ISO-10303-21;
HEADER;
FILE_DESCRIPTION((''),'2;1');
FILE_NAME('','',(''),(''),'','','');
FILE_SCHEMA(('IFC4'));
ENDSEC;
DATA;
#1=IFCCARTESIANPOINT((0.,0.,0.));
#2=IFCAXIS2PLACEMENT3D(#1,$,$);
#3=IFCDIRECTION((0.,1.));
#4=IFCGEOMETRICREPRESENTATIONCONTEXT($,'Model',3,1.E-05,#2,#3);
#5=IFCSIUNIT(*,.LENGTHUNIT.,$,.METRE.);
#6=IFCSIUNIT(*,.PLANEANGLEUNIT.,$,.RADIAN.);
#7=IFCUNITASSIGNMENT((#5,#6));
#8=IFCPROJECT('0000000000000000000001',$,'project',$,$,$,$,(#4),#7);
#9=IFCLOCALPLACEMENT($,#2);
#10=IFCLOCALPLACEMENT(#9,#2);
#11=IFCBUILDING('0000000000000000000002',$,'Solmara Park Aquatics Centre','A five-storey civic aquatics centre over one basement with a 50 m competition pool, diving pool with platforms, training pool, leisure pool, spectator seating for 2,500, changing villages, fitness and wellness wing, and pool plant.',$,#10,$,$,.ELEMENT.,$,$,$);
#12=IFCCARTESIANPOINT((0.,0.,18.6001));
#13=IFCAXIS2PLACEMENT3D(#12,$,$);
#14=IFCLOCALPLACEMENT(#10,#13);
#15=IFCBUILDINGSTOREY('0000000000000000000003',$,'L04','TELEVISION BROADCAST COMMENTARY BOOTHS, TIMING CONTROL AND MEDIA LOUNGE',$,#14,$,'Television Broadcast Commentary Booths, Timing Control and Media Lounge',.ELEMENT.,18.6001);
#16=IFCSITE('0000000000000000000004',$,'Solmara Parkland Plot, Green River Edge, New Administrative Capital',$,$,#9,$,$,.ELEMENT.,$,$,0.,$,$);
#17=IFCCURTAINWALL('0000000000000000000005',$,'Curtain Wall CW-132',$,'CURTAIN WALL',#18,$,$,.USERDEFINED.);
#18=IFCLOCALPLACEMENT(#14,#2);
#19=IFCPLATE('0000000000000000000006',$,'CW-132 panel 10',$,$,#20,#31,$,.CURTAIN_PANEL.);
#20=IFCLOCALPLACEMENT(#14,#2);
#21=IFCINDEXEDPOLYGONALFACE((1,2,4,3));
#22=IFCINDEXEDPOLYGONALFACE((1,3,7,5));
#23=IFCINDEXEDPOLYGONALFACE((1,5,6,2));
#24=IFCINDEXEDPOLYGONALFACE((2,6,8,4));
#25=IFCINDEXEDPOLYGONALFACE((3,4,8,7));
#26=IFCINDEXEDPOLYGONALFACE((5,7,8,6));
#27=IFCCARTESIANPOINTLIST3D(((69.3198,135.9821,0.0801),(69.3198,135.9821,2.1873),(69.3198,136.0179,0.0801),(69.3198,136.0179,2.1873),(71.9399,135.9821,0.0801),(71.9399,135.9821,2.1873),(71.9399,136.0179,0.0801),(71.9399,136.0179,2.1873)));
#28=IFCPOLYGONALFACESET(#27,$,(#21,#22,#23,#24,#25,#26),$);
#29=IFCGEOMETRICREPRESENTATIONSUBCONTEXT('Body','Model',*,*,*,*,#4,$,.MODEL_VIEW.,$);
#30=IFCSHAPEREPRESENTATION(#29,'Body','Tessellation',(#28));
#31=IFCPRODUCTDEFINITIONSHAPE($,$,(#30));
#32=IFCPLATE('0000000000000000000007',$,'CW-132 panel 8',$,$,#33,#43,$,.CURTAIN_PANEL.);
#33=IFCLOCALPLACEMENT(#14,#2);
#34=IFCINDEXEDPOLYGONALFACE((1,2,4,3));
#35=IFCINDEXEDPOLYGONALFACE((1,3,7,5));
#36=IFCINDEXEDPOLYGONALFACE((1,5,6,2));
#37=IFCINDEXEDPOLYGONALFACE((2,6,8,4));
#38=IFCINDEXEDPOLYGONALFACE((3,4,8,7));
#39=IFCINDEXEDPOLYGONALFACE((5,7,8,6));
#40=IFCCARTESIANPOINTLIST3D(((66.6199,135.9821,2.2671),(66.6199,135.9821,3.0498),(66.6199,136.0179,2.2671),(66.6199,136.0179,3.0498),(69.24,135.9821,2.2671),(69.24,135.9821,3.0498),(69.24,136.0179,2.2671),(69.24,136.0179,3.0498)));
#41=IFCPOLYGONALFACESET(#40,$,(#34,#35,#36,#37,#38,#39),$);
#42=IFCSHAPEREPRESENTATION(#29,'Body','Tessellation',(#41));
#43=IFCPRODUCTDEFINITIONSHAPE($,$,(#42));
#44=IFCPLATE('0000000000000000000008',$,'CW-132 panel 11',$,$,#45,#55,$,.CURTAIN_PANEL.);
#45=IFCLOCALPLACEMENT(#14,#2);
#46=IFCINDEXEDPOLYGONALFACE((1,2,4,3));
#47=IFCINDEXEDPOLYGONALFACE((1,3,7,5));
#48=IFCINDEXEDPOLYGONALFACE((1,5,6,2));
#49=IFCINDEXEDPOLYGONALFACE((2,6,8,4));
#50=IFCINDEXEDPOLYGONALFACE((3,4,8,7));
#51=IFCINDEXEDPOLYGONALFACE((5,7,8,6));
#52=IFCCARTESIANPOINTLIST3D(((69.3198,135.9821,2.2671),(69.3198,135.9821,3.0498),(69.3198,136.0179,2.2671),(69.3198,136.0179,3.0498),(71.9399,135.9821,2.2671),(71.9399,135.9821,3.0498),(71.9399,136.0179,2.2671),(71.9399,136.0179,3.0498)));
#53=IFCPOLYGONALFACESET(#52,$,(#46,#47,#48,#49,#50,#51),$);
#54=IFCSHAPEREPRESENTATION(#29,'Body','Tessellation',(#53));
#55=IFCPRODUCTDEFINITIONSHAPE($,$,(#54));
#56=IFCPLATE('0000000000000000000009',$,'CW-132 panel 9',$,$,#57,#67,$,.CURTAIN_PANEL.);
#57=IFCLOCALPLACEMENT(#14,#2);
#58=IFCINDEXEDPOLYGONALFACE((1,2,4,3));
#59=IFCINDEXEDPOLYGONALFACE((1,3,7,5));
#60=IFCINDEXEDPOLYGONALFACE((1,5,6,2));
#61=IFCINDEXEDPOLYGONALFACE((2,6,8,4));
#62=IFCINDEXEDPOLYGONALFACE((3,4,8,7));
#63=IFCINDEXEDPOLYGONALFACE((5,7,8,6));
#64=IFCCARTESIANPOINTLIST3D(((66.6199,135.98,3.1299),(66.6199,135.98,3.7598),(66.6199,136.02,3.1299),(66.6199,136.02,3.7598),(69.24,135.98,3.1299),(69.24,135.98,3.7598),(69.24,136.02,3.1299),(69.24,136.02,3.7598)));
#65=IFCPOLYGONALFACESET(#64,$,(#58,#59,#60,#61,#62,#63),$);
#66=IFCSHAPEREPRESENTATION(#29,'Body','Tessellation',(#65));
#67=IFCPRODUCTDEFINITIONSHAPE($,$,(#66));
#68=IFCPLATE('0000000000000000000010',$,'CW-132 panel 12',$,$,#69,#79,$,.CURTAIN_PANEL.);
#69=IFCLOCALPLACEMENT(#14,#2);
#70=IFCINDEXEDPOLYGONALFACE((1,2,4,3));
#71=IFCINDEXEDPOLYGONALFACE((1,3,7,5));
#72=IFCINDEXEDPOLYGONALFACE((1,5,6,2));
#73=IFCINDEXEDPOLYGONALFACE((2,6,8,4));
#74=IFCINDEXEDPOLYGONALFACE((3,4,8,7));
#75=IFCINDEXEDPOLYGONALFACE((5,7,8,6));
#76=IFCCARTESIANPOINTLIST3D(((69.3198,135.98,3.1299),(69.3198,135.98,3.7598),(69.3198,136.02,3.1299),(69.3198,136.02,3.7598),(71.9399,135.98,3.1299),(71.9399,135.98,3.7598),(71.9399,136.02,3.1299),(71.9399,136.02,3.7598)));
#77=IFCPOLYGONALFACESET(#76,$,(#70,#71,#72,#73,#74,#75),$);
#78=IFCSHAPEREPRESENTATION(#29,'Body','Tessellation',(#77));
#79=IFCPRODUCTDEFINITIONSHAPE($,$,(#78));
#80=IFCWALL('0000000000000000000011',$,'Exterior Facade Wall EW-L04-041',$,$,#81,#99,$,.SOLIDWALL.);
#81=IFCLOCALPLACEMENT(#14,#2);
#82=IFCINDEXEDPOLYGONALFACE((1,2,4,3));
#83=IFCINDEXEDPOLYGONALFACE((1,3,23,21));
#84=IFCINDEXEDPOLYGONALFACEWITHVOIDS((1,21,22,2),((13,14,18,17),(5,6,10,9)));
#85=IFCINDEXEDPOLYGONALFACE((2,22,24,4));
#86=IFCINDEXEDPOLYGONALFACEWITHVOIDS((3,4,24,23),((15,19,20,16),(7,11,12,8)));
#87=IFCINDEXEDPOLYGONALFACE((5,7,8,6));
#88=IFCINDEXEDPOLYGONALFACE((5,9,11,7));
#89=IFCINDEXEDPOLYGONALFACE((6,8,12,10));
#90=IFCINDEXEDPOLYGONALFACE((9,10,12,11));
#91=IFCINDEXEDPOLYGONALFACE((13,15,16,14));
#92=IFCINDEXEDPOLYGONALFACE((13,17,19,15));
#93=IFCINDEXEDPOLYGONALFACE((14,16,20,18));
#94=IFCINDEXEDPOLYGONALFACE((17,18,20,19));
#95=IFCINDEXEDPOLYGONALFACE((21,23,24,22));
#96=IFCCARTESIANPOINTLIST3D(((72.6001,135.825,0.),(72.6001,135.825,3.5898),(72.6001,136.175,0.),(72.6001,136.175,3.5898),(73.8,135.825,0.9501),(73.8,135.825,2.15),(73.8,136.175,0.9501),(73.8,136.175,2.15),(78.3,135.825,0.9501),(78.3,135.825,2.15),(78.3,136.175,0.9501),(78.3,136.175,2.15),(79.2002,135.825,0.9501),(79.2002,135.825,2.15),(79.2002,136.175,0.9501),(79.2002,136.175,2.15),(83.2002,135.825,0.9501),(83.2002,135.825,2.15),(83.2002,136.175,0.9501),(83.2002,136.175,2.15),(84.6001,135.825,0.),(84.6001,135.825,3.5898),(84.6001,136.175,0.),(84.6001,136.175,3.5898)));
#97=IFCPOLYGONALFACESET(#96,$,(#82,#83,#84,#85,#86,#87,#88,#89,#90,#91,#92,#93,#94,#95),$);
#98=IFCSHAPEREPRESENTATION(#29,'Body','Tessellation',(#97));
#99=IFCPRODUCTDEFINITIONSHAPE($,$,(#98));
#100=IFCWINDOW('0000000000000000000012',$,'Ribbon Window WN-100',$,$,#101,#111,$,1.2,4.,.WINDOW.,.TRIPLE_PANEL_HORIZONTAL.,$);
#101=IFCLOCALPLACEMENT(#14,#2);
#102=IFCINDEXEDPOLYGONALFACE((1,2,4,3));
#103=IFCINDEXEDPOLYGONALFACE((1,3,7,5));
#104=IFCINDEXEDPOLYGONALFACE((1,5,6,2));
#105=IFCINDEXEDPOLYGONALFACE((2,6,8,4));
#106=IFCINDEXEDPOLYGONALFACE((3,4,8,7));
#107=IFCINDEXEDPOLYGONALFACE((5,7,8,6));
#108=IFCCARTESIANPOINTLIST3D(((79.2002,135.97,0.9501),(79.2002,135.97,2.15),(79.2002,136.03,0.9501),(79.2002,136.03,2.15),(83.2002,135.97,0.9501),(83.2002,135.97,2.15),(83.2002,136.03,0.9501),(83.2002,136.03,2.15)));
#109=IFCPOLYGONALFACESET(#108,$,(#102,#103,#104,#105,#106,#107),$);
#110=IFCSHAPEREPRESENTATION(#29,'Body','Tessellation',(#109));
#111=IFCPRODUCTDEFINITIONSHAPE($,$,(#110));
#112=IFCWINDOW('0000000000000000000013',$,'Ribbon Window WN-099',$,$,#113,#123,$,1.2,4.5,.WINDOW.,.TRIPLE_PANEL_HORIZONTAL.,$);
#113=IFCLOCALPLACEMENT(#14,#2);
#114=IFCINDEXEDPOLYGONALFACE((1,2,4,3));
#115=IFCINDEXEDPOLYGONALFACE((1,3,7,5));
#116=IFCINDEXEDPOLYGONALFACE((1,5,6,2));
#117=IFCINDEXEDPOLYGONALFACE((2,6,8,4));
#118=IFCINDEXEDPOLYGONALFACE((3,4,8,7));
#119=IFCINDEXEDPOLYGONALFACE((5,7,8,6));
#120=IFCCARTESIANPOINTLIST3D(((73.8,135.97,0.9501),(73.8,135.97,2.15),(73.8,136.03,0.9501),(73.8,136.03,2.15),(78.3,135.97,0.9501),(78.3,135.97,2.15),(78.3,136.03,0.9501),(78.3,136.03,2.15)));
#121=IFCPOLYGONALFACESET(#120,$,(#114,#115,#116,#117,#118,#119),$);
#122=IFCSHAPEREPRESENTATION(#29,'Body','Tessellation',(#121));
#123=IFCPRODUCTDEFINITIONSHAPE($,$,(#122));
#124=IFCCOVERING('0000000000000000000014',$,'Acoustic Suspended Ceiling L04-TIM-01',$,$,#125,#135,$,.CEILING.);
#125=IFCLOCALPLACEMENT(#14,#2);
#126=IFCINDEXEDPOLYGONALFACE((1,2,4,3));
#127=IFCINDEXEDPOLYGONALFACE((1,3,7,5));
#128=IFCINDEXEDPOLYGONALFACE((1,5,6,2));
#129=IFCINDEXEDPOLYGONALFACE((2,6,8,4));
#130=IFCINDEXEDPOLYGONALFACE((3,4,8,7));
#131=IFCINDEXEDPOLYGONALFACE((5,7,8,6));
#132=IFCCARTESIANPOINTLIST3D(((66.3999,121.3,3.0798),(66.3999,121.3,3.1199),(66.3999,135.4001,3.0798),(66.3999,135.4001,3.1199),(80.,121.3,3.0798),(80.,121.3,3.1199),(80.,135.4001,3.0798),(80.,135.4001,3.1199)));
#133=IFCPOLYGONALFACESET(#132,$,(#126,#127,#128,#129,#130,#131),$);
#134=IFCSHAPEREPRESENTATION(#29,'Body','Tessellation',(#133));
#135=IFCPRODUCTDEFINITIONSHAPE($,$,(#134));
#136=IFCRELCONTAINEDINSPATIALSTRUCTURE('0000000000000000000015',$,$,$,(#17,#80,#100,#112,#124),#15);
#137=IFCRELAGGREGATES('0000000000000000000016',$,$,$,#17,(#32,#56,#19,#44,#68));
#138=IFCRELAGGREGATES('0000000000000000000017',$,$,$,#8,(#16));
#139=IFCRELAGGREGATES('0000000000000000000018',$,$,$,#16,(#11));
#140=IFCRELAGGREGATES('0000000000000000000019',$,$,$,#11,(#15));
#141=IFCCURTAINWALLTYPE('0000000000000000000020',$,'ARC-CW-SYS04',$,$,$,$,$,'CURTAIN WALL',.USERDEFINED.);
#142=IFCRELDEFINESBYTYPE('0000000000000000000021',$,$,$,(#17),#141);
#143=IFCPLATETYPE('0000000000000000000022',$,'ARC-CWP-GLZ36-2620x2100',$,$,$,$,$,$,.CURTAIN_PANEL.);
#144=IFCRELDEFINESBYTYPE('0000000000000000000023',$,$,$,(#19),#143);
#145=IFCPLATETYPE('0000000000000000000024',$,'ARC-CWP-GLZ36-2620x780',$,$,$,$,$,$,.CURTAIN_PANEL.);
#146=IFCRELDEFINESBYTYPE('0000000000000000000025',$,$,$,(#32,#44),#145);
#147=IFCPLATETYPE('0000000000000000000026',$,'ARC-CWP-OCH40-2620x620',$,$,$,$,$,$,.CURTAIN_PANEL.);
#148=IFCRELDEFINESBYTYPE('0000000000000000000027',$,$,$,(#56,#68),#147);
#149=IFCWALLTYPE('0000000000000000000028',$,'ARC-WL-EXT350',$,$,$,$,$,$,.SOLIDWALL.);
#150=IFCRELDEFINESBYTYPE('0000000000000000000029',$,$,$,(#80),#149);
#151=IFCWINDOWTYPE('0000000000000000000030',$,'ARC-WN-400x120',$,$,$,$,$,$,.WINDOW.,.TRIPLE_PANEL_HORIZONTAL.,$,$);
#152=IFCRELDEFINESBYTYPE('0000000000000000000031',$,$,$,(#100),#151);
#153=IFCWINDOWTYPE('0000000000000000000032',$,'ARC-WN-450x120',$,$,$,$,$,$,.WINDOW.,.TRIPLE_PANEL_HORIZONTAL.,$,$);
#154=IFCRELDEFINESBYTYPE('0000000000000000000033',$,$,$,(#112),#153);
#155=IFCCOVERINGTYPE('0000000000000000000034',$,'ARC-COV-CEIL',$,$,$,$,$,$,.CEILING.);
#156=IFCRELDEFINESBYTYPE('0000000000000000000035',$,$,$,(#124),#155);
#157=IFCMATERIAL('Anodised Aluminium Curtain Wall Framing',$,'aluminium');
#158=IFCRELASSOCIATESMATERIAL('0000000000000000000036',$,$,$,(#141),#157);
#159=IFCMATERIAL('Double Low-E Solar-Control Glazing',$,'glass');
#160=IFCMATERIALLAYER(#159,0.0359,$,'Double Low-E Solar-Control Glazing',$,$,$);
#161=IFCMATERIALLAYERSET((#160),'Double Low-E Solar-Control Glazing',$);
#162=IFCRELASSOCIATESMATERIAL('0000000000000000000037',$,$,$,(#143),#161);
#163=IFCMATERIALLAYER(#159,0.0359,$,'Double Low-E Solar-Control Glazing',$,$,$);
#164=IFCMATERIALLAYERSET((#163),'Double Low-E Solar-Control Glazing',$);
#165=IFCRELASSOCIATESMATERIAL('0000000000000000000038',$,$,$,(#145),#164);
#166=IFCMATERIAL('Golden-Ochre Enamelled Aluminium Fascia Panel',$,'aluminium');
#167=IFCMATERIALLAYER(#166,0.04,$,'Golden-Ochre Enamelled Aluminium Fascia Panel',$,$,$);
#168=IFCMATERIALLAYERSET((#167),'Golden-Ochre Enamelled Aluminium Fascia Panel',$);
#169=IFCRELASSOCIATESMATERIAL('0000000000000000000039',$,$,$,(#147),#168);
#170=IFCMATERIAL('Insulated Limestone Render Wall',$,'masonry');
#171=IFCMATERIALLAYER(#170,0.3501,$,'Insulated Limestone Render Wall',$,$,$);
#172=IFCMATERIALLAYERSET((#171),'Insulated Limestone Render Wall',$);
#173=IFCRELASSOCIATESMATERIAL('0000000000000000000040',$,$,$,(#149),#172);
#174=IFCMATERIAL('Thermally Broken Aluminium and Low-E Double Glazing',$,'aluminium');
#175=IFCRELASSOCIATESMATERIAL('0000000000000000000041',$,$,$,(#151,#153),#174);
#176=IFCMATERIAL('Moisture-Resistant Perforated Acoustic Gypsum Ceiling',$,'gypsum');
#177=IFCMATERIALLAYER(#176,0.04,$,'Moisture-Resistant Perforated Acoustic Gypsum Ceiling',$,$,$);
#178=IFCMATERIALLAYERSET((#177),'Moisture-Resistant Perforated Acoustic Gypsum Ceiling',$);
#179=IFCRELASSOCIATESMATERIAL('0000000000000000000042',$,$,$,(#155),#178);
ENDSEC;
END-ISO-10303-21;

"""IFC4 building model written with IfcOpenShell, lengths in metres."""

from ifc_helpers import new_model, si_unit, direction, frame, frame_2d, origin, origin_2d, place, context, subcontext, project, spatial, rectangle, extrude, material, layer, layer_set, type_object, element, fill, aggregate, save


model = new_model("IFC4")

# Units and contexts
model_context = context("Model", 3, precision=1e-05, world=origin(), true_north=direction((0.0, 1.0)))
body_context = subcontext(model_context, "Body", "Model", "MODEL_VIEW")
ifc_project = project(units=[si_unit("LENGTHUNIT", "METRE"), si_unit("PLANEANGLEUNIT", "RADIAN")], contexts=[model_context])

# Site, building, storey
site_placement = place(None, origin())
site = spatial("IfcSite", under=ifc_project, at=site_placement, Name="Solmara Parkland Plot, Green River Edge, New Administrative Capital", CompositionType="ELEMENT", RefElevation=0.0)
building_placement = place(site_placement, origin())
building = spatial("IfcBuilding", under=site, at=building_placement, Name="Solmara Park Aquatics Centre", Description="A five-storey civic aquatics centre over one basement with a 50 m competition pool, diving pool with platforms, training pool, leisure pool, spectator seating for 2,500, changing villages, fitness and wellness wing, and pool plant.", CompositionType="ELEMENT")
storey_placement = place(building_placement, frame((0.0, 0.0, 18.6001)))
storey = spatial("IfcBuildingStorey", under=building, at=storey_placement, Name="L04", Description="TELEVISION BROADCAST COMMENTARY BOOTHS, TIMING CONTROL AND MEDIA LOUNGE", LongName="Television Broadcast Commentary Booths, Timing Control and Media Lounge", CompositionType="ELEMENT", Elevation=18.6001)

# Curtain wall
ifc_material_1 = material(Name="Anodised Aluminium Curtain Wall Framing", Category="aluminium")
curtain_wall_type = type_object("IfcCurtainWallType", Name="ARC-CW-SYS04", ElementType="CURTAIN WALL", PredefinedType="USERDEFINED", material=ifc_material_1)
curtain_wall_placement = place(storey_placement, origin())
curtain_wall = element("IfcCurtainWall", 1, at=curtain_wall_placement, inside=storey, type_object=curtain_wall_type, Name="Curtain Wall CW-132", ObjectType="CURTAIN WALL", PredefinedType="USERDEFINED")

# Plates
ifc_material_2 = material(Name="Double Low-E Solar-Control Glazing", Category="glass")
ifc_layer_1 = layer(ifc_material_2, 0.0359, Name="Double Low-E Solar-Control Glazing")
ifc_layer_set_1 = layer_set([ifc_layer_1], Name="Double Low-E Solar-Control Glazing")
plate_type_1 = type_object("IfcPlateType", Name="ARC-CWP-GLZ36-2620x2100", PredefinedType="CURTAIN_PANEL", material=ifc_layer_set_1)
plate_1_placement = place(storey_placement, frame((70.6299, 136.0, 0.0801), z_axis=(0.0, 0.0, 1.0), x_axis=(1.0, 0.0, 0.0)))
plate_1 = element("IfcPlate", 2, at=plate_1_placement, type_object=plate_type_1, Name="CW-132 panel 10", PredefinedType="CURTAIN_PANEL", context=body_context, shape_type="SweptSolid", body=[
    extrude(rectangle(XDim=2.6201, YDim=0.0359, at=origin_2d()), origin(), (0.0, 0.0, 1.0), 2.1072),
])
ifc_layer_2 = layer(ifc_material_2, 0.0359, Name="Double Low-E Solar-Control Glazing")
ifc_layer_set_2 = layer_set([ifc_layer_2], Name="Double Low-E Solar-Control Glazing")
plate_type_2 = type_object("IfcPlateType", Name="ARC-CWP-GLZ36-2620x780", PredefinedType="CURTAIN_PANEL", material=ifc_layer_set_2)
plate_2_placement = place(storey_placement, frame((67.9299, 136.0, 2.2671), z_axis=(0.0, 0.0, 1.0), x_axis=(1.0, 0.0, 0.0)))
plate_2 = element("IfcPlate", 3, at=plate_2_placement, type_object=plate_type_2, Name="CW-132 panel 8", PredefinedType="CURTAIN_PANEL", context=body_context, shape_type="SweptSolid", body=[
    extrude(rectangle(XDim=2.6201, YDim=0.0359, at=origin_2d()), origin(), (0.0, 0.0, 1.0), 0.7827),
])
plate_3_placement = place(storey_placement, frame((70.6299, 136.0, 2.2671), z_axis=(0.0, 0.0, 1.0), x_axis=(1.0, 0.0, 0.0)))
plate_3 = element("IfcPlate", 4, at=plate_3_placement, type_object=plate_type_2, Name="CW-132 panel 11", PredefinedType="CURTAIN_PANEL", context=body_context, shape_type="SweptSolid", body=[
    extrude(rectangle(XDim=2.6201, YDim=0.0359, at=origin_2d()), origin(), (0.0, 0.0, 1.0), 0.7827),
])
ifc_material_3 = material(Name="Golden-Ochre Enamelled Aluminium Fascia Panel", Category="aluminium")
ifc_layer_3 = layer(ifc_material_3, 0.04, Name="Golden-Ochre Enamelled Aluminium Fascia Panel")
ifc_layer_set_3 = layer_set([ifc_layer_3], Name="Golden-Ochre Enamelled Aluminium Fascia Panel")
plate_type_3 = type_object("IfcPlateType", Name="ARC-CWP-OCH40-2620x620", PredefinedType="CURTAIN_PANEL", material=ifc_layer_set_3)
plate_4_placement = place(storey_placement, frame((67.9299, 136.0, 3.1299), z_axis=(0.0, 0.0, 1.0), x_axis=(1.0, 0.0, 0.0)))
plate_4 = element("IfcPlate", 5, at=plate_4_placement, type_object=plate_type_3, Name="CW-132 panel 9", PredefinedType="CURTAIN_PANEL", context=body_context, shape_type="SweptSolid", body=[
    extrude(rectangle(XDim=2.6201, YDim=0.04, at=origin_2d()), origin(), (0.0, 0.0, 1.0), 0.6299),
])
plate_5_placement = place(storey_placement, frame((70.6299, 136.0, 3.1299), z_axis=(0.0, 0.0, 1.0), x_axis=(1.0, 0.0, 0.0)))
plate_5 = element("IfcPlate", 6, at=plate_5_placement, type_object=plate_type_3, Name="CW-132 panel 12", PredefinedType="CURTAIN_PANEL", context=body_context, shape_type="SweptSolid", body=[
    extrude(rectangle(XDim=2.6201, YDim=0.04, at=origin_2d()), origin(), (0.0, 0.0, 1.0), 0.6299),
])
aggregate(curtain_wall, [plate_2, plate_4, plate_1, plate_3, plate_5])

# Wall, openings, windows
ifc_material_4 = material(Name="Insulated Limestone Render Wall", Category="masonry")
ifc_layer_4 = layer(ifc_material_4, 0.3501, Name="Insulated Limestone Render Wall")
ifc_layer_set_4 = layer_set([ifc_layer_4], Name="Insulated Limestone Render Wall")
wall_type = type_object("IfcWallType", Name="ARC-WL-EXT350", PredefinedType="SOLIDWALL", material=ifc_layer_set_4)
wall_placement = place(storey_placement, frame((72.6001, 136.0, 0.0), z_axis=(0.0, 0.0, 1.0), x_axis=(1.0, 0.0, 0.0)))
wall = element("IfcWall", 7, at=wall_placement, inside=storey, type_object=wall_type, Name="Exterior Facade Wall EW-L04-041", PredefinedType="SOLIDWALL", context=body_context, shape_type="SweptSolid", body=[
    extrude(rectangle(XDim=12.0, YDim=0.3501, at=frame_2d((6.0, 0.0))), origin(), (0.0, 0.0, 1.0), 3.5898),
])
opening_1_placement = place(wall_placement, frame((1.2, 0.0, 0.95)))
opening_1 = element("IfcOpeningElement", 8, at=opening_1_placement, cuts=wall, PredefinedType="OPENING", context=body_context, shape_type="SweptSolid", body=[
    extrude(rectangle(XDim=4.5, YDim=1.2, at=frame_2d((2.25, 0.6001))), frame((0.0, 0.1851, 0.0), z_axis=(0.0, -1.0, 0.0), x_axis=(1.0, 0.0, 0.0)), (0.0, 0.0, 1.0), 0.3701),
])
opening_2_placement = place(wall_placement, frame((6.6001, 0.0, 0.95)))
opening_2 = element("IfcOpeningElement", 9, at=opening_2_placement, cuts=wall, PredefinedType="OPENING", context=body_context, shape_type="SweptSolid", body=[
    extrude(rectangle(XDim=4.0, YDim=1.2, at=frame_2d((2.0, 0.6001))), frame((0.0, 0.1851, 0.0), z_axis=(0.0, -1.0, 0.0), x_axis=(1.0, 0.0, 0.0)), (0.0, 0.0, 1.0), 0.3701),
])
ifc_material_5 = material(Name="Thermally Broken Aluminium and Low-E Double Glazing", Category="aluminium")
window_type_1 = type_object("IfcWindowType", Name="ARC-WN-400x120", PartitioningType="TRIPLE_PANEL_HORIZONTAL", PredefinedType="WINDOW", material=ifc_material_5)
window_1_placement = place(opening_2_placement, origin())
window_1 = element("IfcWindow", 10, at=window_1_placement, inside=storey, type_object=window_type_1, Name="Ribbon Window WN-100", OverallHeight=1.2, OverallWidth=4.0, PartitioningType="TRIPLE_PANEL_HORIZONTAL", PredefinedType="WINDOW", context=body_context, shape_type="SweptSolid", body=[
    extrude(rectangle(XDim=4.0, YDim=1.2, at=frame_2d((2.0, 0.6001))), frame((0.0, 0.03, 0.0), z_axis=(0.0, -1.0, 0.0), x_axis=(1.0, 0.0, 0.0)), (0.0, 0.0, 1.0), 0.0601),
])
fill(opening_2, window_1)
window_type_2 = type_object("IfcWindowType", Name="ARC-WN-450x120", PartitioningType="TRIPLE_PANEL_HORIZONTAL", PredefinedType="WINDOW", material=ifc_material_5)
window_2_placement = place(opening_1_placement, origin())
window_2 = element("IfcWindow", 11, at=window_2_placement, inside=storey, type_object=window_type_2, Name="Ribbon Window WN-099", OverallHeight=1.2, OverallWidth=4.5, PartitioningType="TRIPLE_PANEL_HORIZONTAL", PredefinedType="WINDOW", context=body_context, shape_type="SweptSolid", body=[
    extrude(rectangle(XDim=4.5, YDim=1.2, at=frame_2d((2.25, 0.6001))), frame((0.0, 0.03, 0.0), z_axis=(0.0, -1.0, 0.0), x_axis=(1.0, 0.0, 0.0)), (0.0, 0.0, 1.0), 0.0601),
])
fill(opening_1, window_2)

# Covering
ifc_material_6 = material(Name="Moisture-Resistant Perforated Acoustic Gypsum Ceiling", Category="gypsum")
ifc_layer_5 = layer(ifc_material_6, 0.04, Name="Moisture-Resistant Perforated Acoustic Gypsum Ceiling")
ifc_layer_set_5 = layer_set([ifc_layer_5], Name="Moisture-Resistant Perforated Acoustic Gypsum Ceiling")
covering_type = type_object("IfcCoveringType", Name="ARC-COV-CEIL", PredefinedType="CEILING", material=ifc_layer_set_5)
covering_placement = place(storey_placement, frame((73.2, 128.3501, 3.0798), z_axis=(0.0, 0.0, 1.0), x_axis=(1.0, 0.0, 0.0)))
element("IfcCovering", 12, at=covering_placement, inside=storey, type_object=covering_type, Name="Acoustic Suspended Ceiling L04-TIM-01", PredefinedType="CEILING", context=body_context, shape_type="SweptSolid", body=[
    extrude(rectangle(XDim=13.6001, YDim=14.1001, at=origin_2d()), origin(), (0.0, 0.0, 1.0), 0.04),
])

save(model, "model.ifc")
